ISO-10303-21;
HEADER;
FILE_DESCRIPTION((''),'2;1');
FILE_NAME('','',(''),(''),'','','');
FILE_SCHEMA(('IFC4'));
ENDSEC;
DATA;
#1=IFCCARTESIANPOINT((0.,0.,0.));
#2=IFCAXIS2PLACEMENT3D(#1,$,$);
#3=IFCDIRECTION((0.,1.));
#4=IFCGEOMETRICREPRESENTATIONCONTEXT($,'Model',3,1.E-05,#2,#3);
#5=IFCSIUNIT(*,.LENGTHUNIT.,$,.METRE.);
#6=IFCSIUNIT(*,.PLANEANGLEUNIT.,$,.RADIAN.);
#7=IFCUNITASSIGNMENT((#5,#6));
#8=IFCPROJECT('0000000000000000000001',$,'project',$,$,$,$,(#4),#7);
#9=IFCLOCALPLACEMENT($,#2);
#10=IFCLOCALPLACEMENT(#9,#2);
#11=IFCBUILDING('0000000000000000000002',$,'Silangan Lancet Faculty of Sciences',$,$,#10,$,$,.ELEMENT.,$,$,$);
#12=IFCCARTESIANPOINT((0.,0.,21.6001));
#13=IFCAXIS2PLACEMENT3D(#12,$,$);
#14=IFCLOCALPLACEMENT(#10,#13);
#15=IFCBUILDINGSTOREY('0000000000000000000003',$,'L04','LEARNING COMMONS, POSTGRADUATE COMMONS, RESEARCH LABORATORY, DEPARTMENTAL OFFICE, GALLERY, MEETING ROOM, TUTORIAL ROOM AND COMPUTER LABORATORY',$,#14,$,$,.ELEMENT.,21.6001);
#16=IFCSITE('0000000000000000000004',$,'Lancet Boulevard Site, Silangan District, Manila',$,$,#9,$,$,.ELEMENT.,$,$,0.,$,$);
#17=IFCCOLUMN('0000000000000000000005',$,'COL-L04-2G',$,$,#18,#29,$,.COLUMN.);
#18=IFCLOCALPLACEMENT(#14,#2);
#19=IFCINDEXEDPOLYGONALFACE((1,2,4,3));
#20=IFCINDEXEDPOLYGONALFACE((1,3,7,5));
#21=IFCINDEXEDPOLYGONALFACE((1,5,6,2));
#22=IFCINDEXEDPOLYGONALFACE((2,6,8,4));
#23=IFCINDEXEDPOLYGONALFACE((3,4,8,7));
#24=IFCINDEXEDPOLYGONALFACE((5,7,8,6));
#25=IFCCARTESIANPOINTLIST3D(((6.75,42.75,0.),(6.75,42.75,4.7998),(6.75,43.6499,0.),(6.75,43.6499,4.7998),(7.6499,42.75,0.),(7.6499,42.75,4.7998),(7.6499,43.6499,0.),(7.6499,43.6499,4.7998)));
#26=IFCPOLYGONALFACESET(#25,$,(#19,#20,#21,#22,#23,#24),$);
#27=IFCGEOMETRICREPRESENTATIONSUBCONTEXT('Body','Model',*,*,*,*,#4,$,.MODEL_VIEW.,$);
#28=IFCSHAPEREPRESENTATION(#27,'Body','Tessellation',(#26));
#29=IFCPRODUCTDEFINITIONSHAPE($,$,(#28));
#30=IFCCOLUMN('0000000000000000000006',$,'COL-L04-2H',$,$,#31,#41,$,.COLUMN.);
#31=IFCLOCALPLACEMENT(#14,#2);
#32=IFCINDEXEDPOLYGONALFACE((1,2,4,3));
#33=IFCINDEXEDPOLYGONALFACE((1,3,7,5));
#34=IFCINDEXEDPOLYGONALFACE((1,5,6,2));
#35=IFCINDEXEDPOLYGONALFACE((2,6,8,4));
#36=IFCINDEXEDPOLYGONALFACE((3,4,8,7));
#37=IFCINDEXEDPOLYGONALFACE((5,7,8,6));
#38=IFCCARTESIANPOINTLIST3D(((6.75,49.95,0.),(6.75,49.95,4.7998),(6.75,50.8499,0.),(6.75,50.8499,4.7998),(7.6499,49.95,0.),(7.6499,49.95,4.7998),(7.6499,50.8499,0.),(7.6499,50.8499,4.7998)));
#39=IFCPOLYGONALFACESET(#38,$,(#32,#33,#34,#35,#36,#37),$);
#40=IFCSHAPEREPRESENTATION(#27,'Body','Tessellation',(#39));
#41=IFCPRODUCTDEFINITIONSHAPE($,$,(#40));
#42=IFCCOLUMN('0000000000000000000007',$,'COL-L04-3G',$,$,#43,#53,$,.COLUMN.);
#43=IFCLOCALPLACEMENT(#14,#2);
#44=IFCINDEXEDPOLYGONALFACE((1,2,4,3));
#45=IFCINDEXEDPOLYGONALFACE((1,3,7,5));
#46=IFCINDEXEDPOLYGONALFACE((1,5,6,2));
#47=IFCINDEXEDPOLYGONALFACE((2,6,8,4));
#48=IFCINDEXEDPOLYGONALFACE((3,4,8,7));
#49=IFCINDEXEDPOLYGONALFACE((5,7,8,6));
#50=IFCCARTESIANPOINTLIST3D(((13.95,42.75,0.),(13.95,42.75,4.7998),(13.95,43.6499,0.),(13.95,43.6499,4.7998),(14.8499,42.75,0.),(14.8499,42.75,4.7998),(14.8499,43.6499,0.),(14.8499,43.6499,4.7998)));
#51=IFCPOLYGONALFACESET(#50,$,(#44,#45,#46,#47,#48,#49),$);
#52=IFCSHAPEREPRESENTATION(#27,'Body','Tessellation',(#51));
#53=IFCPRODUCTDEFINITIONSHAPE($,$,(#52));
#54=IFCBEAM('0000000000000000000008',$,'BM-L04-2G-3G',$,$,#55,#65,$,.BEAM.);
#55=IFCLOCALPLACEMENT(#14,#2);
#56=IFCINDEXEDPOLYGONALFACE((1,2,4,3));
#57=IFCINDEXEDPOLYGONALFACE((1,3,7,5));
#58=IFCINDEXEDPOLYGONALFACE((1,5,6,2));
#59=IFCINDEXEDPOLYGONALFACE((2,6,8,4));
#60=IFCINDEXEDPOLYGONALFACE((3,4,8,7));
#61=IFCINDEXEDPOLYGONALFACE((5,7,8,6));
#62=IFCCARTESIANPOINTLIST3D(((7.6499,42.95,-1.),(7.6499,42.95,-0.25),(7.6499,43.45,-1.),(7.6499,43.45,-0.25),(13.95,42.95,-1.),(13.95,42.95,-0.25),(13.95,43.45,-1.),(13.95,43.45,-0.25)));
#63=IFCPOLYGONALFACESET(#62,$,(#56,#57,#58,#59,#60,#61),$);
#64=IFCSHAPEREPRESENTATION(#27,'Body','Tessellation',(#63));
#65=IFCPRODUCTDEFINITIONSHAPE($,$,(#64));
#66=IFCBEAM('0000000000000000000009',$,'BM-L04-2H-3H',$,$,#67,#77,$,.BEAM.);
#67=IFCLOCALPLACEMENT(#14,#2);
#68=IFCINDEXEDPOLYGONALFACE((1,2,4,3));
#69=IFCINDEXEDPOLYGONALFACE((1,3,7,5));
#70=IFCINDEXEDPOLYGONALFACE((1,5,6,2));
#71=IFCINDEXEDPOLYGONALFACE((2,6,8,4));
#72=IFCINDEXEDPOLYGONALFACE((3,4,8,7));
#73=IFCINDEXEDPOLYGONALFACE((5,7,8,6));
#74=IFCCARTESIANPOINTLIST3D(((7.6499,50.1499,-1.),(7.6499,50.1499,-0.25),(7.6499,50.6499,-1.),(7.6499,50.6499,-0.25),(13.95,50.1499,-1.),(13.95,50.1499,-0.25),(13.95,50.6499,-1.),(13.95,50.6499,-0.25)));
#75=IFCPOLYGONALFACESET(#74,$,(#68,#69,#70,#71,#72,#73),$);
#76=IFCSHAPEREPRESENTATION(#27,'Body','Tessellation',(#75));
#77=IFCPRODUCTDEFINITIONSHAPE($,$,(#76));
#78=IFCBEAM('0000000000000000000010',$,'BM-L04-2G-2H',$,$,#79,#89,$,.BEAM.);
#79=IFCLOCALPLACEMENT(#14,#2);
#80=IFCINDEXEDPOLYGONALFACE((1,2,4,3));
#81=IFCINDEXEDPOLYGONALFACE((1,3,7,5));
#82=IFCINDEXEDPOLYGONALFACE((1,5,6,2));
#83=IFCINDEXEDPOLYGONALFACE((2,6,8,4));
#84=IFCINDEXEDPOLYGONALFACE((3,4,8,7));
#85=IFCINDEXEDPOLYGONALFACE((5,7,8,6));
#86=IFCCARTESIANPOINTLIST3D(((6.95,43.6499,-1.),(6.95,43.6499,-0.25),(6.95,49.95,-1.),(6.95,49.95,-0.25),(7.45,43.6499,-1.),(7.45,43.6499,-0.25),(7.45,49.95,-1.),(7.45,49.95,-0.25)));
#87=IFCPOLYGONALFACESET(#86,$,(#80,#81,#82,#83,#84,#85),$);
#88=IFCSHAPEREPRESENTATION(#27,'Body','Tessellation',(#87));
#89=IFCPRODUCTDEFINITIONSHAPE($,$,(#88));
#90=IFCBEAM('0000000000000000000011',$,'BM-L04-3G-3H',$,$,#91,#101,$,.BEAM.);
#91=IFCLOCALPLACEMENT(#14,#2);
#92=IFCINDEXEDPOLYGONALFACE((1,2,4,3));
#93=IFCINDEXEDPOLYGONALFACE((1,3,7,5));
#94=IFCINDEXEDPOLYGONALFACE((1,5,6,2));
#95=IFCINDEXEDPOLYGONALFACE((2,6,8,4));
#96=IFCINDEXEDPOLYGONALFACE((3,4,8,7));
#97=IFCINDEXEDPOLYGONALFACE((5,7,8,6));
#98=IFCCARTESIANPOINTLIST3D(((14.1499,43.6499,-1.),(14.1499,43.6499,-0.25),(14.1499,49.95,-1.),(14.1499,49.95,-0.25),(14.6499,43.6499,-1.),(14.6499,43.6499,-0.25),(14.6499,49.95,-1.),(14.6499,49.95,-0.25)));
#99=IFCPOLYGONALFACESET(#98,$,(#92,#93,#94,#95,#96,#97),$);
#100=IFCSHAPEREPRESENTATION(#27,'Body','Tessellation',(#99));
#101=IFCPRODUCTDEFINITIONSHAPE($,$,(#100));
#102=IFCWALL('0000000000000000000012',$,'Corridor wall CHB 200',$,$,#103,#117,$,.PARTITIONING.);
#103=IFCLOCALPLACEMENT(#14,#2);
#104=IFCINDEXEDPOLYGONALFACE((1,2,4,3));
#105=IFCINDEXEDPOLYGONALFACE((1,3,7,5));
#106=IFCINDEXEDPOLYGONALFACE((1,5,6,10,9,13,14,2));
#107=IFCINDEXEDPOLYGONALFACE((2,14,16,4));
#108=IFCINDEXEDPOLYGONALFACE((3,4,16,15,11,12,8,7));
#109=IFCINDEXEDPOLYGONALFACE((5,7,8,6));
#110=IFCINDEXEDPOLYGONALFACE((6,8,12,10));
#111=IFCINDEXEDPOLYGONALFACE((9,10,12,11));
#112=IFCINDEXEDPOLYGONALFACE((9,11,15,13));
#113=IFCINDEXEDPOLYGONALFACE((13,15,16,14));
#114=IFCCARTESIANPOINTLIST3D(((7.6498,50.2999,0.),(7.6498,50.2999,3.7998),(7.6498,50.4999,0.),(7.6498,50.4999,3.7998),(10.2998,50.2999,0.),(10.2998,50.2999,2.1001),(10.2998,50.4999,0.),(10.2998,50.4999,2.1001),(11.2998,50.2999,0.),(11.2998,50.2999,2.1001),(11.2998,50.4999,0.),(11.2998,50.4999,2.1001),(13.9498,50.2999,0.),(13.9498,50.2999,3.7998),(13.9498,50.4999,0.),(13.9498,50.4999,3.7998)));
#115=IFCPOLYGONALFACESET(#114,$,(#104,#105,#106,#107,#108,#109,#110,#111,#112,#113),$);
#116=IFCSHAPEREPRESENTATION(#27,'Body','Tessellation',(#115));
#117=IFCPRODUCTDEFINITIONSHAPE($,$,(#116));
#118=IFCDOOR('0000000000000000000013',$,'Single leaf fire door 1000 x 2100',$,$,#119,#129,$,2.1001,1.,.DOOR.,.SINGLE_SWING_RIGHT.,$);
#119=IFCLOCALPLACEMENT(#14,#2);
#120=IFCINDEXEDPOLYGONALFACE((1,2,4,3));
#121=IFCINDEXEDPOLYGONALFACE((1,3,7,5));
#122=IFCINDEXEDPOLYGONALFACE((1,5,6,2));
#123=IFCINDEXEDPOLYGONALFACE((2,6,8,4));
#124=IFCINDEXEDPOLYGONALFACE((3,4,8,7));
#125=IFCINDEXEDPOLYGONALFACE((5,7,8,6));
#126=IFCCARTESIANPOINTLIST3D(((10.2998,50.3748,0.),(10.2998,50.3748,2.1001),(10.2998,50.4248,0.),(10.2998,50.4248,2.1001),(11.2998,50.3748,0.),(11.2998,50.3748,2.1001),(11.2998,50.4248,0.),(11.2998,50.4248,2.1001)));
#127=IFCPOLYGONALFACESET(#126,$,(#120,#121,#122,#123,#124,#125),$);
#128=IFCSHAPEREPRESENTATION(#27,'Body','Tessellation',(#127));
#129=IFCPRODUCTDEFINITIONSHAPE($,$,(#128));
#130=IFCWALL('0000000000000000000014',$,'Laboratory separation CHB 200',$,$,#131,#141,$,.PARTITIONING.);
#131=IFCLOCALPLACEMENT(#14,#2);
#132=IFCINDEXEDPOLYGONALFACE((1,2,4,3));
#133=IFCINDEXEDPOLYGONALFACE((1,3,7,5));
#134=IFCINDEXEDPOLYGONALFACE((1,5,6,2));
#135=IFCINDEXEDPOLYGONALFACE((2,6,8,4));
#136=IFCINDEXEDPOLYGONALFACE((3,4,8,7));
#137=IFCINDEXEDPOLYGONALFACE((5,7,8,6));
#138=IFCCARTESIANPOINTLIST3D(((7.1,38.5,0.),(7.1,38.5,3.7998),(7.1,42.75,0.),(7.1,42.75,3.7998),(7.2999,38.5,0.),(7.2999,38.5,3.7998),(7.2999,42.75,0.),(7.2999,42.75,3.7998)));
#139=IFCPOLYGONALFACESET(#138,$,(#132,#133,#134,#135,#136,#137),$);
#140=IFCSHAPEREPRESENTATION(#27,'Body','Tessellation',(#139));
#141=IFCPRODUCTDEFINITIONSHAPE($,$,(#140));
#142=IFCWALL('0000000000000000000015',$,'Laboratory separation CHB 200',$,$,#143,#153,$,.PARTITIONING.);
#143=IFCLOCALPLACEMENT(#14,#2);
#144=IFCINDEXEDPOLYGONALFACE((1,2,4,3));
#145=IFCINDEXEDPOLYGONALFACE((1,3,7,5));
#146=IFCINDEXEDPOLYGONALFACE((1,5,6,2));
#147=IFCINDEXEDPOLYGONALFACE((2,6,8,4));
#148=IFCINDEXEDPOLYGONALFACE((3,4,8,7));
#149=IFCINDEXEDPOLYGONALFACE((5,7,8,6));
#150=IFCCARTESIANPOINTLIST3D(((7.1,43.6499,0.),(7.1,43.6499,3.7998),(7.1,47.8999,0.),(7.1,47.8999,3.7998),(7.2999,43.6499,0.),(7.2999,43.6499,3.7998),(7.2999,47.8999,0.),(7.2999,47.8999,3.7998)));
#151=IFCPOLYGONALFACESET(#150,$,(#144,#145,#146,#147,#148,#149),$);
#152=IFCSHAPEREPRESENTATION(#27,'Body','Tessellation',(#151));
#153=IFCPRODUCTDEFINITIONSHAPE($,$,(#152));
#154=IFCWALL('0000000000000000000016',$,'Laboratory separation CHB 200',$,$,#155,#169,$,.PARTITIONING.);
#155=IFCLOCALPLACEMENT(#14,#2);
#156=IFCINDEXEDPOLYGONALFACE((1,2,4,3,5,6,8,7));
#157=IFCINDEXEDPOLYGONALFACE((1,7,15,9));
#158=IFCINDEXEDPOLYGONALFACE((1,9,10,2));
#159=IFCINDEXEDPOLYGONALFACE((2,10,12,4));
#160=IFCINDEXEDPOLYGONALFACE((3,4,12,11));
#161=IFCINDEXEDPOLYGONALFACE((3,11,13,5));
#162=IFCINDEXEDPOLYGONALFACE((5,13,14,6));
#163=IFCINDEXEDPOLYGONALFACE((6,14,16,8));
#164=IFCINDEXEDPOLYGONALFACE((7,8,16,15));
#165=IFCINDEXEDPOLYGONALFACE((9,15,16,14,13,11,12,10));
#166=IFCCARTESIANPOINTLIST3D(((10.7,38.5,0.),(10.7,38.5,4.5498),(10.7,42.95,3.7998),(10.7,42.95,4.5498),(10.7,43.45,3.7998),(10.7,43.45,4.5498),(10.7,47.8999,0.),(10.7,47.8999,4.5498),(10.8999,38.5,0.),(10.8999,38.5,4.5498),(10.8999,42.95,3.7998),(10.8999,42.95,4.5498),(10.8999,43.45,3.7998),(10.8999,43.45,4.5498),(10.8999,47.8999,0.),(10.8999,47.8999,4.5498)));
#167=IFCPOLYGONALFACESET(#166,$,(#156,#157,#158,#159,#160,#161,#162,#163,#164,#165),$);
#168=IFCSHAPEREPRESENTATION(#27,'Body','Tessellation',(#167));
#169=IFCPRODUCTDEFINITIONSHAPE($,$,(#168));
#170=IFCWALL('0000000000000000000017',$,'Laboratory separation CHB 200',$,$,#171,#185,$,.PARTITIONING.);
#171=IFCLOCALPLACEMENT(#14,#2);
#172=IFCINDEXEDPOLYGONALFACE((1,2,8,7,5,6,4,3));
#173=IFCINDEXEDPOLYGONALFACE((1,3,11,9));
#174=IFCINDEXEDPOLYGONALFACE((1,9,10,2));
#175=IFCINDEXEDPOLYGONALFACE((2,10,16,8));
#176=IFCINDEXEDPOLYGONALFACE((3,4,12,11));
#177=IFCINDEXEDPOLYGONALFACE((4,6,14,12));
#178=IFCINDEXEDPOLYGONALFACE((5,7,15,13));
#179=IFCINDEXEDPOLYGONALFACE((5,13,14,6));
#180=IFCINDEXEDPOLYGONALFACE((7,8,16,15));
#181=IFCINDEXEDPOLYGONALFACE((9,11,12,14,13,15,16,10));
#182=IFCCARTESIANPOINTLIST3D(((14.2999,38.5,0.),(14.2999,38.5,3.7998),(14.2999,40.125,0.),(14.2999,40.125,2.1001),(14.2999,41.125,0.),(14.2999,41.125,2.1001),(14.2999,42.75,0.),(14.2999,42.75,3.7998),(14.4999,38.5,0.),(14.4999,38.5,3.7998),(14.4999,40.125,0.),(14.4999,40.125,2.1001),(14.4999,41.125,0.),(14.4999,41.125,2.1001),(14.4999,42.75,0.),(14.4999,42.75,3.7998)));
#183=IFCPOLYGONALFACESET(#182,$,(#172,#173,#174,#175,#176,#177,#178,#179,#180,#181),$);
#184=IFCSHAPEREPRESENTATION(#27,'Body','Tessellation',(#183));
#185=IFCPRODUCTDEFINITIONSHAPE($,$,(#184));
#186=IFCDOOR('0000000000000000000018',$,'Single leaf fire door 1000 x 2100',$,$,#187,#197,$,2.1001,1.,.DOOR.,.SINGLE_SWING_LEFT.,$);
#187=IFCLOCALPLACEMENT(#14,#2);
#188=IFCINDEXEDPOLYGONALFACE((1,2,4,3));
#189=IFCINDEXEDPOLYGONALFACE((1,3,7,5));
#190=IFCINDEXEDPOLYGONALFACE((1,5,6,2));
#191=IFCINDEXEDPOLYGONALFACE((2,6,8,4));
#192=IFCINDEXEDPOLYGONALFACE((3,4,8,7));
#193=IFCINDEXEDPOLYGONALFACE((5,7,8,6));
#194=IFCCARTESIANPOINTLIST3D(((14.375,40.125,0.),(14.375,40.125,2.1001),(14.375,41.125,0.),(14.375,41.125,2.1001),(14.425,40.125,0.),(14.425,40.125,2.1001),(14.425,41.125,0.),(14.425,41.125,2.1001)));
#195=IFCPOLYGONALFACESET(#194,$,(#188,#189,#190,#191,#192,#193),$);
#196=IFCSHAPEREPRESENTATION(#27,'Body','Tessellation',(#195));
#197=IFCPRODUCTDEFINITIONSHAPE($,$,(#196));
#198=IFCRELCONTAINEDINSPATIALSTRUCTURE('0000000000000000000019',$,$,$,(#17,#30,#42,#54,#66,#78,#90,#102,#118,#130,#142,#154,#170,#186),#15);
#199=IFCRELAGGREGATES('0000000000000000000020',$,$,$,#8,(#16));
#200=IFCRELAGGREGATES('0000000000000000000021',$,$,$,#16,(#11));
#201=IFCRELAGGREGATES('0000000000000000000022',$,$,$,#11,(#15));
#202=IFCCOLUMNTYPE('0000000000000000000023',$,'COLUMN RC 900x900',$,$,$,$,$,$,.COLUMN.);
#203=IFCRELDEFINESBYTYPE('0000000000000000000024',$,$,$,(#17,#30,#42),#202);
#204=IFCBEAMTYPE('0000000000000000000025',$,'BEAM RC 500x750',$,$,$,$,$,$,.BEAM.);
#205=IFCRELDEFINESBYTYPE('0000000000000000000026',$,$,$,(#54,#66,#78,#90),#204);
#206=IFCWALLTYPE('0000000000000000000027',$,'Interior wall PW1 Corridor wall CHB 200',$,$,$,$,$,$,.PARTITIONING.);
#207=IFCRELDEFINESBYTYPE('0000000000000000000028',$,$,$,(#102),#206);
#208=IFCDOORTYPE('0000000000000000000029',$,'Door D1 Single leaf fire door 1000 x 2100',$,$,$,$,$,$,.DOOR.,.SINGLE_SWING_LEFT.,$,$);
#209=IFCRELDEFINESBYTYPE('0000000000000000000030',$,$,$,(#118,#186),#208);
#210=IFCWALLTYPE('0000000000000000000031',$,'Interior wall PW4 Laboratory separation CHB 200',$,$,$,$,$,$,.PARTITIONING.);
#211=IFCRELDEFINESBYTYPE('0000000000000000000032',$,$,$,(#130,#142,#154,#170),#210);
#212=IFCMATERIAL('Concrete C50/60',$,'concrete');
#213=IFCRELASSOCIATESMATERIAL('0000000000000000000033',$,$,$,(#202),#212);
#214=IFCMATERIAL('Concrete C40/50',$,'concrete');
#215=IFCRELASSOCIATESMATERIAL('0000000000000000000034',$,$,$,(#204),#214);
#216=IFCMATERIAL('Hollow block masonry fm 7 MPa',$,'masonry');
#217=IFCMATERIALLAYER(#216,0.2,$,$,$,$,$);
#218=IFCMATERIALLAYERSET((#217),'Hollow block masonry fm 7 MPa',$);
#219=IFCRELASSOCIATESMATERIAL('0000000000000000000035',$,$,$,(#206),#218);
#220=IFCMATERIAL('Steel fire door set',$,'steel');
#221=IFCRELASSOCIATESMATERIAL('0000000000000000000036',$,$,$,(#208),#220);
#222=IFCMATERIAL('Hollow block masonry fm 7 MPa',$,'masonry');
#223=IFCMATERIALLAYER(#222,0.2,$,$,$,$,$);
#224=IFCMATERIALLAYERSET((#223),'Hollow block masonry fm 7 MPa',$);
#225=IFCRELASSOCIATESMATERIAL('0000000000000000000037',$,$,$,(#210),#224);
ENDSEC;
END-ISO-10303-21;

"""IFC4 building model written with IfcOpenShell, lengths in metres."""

from ifc_helpers import new_model, si_unit, direction, frame, frame_2d, origin, origin_2d, place, context, subcontext, project, spatial, polyline, rectangle, outline, extrude, material, layer, layer_set, material_profile, profile_set, type_object, element, fill, save


model = new_model("IFC4")

# Units and contexts
model_context = context("Model", 3, precision=1e-05, world=origin(), true_north=direction((0.0, 1.0)))
body_context = subcontext(model_context, "Body", "Model", "MODEL_VIEW")
ifc_project = project(units=[si_unit("LENGTHUNIT", "METRE"), si_unit("PLANEANGLEUNIT", "RADIAN")], contexts=[model_context])

# Site, building, storey
site_placement = place(None, origin())
site = spatial("IfcSite", under=ifc_project, at=site_placement, Name="Lancet Boulevard Site, Silangan District, Manila", CompositionType="ELEMENT", RefElevation=0.0)
building_placement = place(site_placement, origin())
building = spatial("IfcBuilding", under=site, at=building_placement, Name="Silangan Lancet Faculty of Sciences", CompositionType="ELEMENT")
storey_placement = place(building_placement, frame((0.0, 0.0, 21.6001)))
storey = spatial("IfcBuildingStorey", under=building, at=storey_placement, Name="L04", Description="LEARNING COMMONS, POSTGRADUATE COMMONS, RESEARCH LABORATORY, DEPARTMENTAL OFFICE, GALLERY, MEETING ROOM, TUTORIAL ROOM AND COMPUTER LABORATORY", CompositionType="ELEMENT", Elevation=21.6001)

# Columns
ifc_material_1 = material(Name="Concrete C50/60", Category="concrete")
ifc_material_profile_1 = material_profile(ifc_material_1, rectangle(XDim=0.8999, YDim=0.8999, at=origin_2d()), Name="RC 900x900")
ifc_profile_set_1 = profile_set([ifc_material_profile_1], Name="Concrete C50/60")
column_type = type_object("IfcColumnType", Name="COLUMN RC 900x900", PredefinedType="COLUMN", material=ifc_profile_set_1)
for number, where, z_axis, x_axis, name in (
    (1, (7.2, 43.2, 0.0), (0.0, 0.0, 1.0), (1.0, 0.0, 0.0), "COL-L04-2G"),
    (2, (7.2, 50.3999, 0.0), (0.0, 0.0, 1.0), (1.0, 0.0, 0.0), "COL-L04-2H"),
    (3, (14.3999, 43.2, 0.0), (0.0, 0.0, 1.0), (1.0, 0.0, 0.0), "COL-L04-3G"),
):
    element("IfcColumn", number, at=place(storey_placement, frame(where, z_axis=z_axis, x_axis=x_axis)), inside=storey, type_object=column_type, Name=name, PredefinedType="COLUMN", context=body_context, shape_type="SweptSolid", body=[
        extrude(rectangle(XDim=0.8999, YDim=0.8999, at=origin_2d()), origin(), (0.0, 0.0, 1.0), 4.7998),
    ])

# Beams
ifc_material_2 = material(Name="Concrete C40/50", Category="concrete")
ifc_material_profile_2 = material_profile(ifc_material_2, rectangle(XDim=0.5, YDim=0.75, at=origin_2d()), Name="RC 500x750")
ifc_profile_set_2 = profile_set([ifc_material_profile_2], Name="Concrete C40/50")
beam_type = type_object("IfcBeamType", Name="BEAM RC 500x750", PredefinedType="BEAM", material=ifc_profile_set_2)
for number, where, z_axis, x_axis, name in (
    (4, (7.6499, 43.2, -0.625), (1.0, 0.0, 0.0), (0.0, 1.0, 0.0), "BM-L04-2G-3G"),
    (5, (7.6499, 50.3999, -0.625), (1.0, 0.0, 0.0), (0.0, 1.0, 0.0), "BM-L04-2H-3H"),
    (6, (7.2, 43.6499, -0.625), (0.0, 1.0, 0.0), (-1.0, 0.0, 0.0), "BM-L04-2G-2H"),
    (7, (14.3999, 43.6499, -0.625), (0.0, 1.0, 0.0), (-1.0, 0.0, 0.0), "BM-L04-3G-3H"),
):
    element("IfcBeam", number, at=place(storey_placement, frame(where, z_axis=z_axis, x_axis=x_axis)), inside=storey, type_object=beam_type, Name=name, PredefinedType="BEAM", context=body_context, shape_type="SweptSolid", body=[
        extrude(rectangle(XDim=0.5, YDim=0.75, at=origin_2d()), origin(), (0.0, 0.0, 1.0), 6.3),
    ])

# Wall, opening, door
ifc_material_3 = material(Name="Hollow block masonry fm 7 MPa", Category="masonry")
ifc_layer_1 = layer(ifc_material_3, 0.2)
ifc_layer_set_1 = layer_set([ifc_layer_1], Name="Hollow block masonry fm 7 MPa")
wall_type_1 = type_object("IfcWallType", Name="Interior wall PW1 Corridor wall CHB 200", PredefinedType="PARTITIONING", material=ifc_layer_set_1)
wall_1_placement = place(storey_placement, frame((7.6499, 50.3999, 0.0), z_axis=(0.0, 0.0, 1.0), x_axis=(1.0, 0.0, 0.0)))
wall_1 = element("IfcWall", 8, at=wall_1_placement, inside=storey, type_object=wall_type_1, Name="Corridor wall CHB 200", PredefinedType="PARTITIONING", context=body_context, shape_type="SweptSolid", body=[
    extrude(rectangle(XDim=6.3, YDim=0.2, at=frame_2d((3.1499, 0.0))), origin(), (0.0, 0.0, 1.0), 3.7998),
])
opening_1_placement = place(wall_1_placement, frame((2.6499, 0.0, 0.0)))
opening_1 = element("IfcOpeningElement", 9, at=opening_1_placement, cuts=wall_1, PredefinedType="OPENING", context=body_context, shape_type="SweptSolid", body=[
    extrude(rectangle(XDim=1.0, YDim=2.1001, at=frame_2d((0.5, 1.05))), frame((0.0, 0.1099, 0.0), z_axis=(0.0, -1.0, 0.0), x_axis=(1.0, 0.0, 0.0)), (0.0, 0.0, 1.0), 0.22),
])
ifc_material_4 = material(Name="Steel fire door set", Category="steel")
door_type_1 = type_object("IfcDoorType", Name="Door D1 Single leaf fire door 1000 x 2100", OperationType="SINGLE_SWING_LEFT", PredefinedType="DOOR", material=ifc_material_4)
door_1_placement = place(opening_1_placement, origin())
door_1 = element("IfcDoor", 10, at=door_1_placement, inside=storey, type_object=door_type_1, Name="Single leaf fire door 1000 x 2100", OperationType="SINGLE_SWING_RIGHT", OverallHeight=2.1001, OverallWidth=1.0, PredefinedType="DOOR", context=body_context, shape_type="SweptSolid", body=[
    extrude(rectangle(XDim=1.0, YDim=2.1001, at=frame_2d((0.5, 1.05))), frame((0.0, 0.0249, 0.0), z_axis=(0.0, -1.0, 0.0), x_axis=(1.0, 0.0, 0.0)), (0.0, 0.0, 1.0), 0.05),
])
fill(opening_1, door_1)

# Walls
ifc_material_5 = material(Name="Hollow block masonry fm 7 MPa", Category="masonry")
ifc_layer_2 = layer(ifc_material_5, 0.2)
ifc_layer_set_2 = layer_set([ifc_layer_2], Name="Hollow block masonry fm 7 MPa")
wall_type_2 = type_object("IfcWallType", Name="Interior wall PW4 Laboratory separation CHB 200", PredefinedType="PARTITIONING", material=ifc_layer_set_2)
for number, where, z_axis, x_axis, name in (
    (11, (7.2, 38.5, 0.0), (0.0, 0.0, 1.0), (0.0, 1.0, 0.0), "Laboratory separation CHB 200"),
    (12, (7.2, 43.6499, 0.0), (0.0, 0.0, 1.0), (0.0, 1.0, 0.0), "Laboratory separation CHB 200"),
):
    element("IfcWall", number, at=place(storey_placement, frame(where, z_axis=z_axis, x_axis=x_axis)), inside=storey, type_object=wall_type_2, Name=name, PredefinedType="PARTITIONING", context=body_context, shape_type="SweptSolid", body=[
        extrude(rectangle(XDim=4.25, YDim=0.2, at=frame_2d((2.125, 0.0))), origin(), (0.0, 0.0, 1.0), 3.7998),
    ])
wall_2_placement = place(storey_placement, frame((10.8, 38.5, 0.0), z_axis=(0.0, 0.0, 1.0), x_axis=(0.0, 1.0, 0.0)))
element("IfcWall", 13, at=wall_2_placement, inside=storey, type_object=wall_type_2, Name="Laboratory separation CHB 200", PredefinedType="PARTITIONING", context=body_context, shape_type="SweptSolid", body=[
    extrude(outline(polyline([(0.0, 0.0), (9.3999, 0.0), (9.3999, 4.5498), (4.95, 4.5498), (4.95, 3.7998), (4.45, 3.7998), (4.45, 4.5498), (0.0, 4.5498), (0.0, 0.0)])), frame((0.0, 0.1001, 0.0), z_axis=(0.0, -1.0, 0.0), x_axis=(1.0, 0.0, 0.0)), (0.0, 0.0, 1.0), 0.2),
])

# Wall, opening, door
wall_3_placement = place(storey_placement, frame((14.3999, 38.5, 0.0), z_axis=(0.0, 0.0, 1.0), x_axis=(0.0, 1.0, 0.0)))
wall_3 = element("IfcWall", 14, at=wall_3_placement, inside=storey, type_object=wall_type_2, Name="Laboratory separation CHB 200", PredefinedType="PARTITIONING", context=body_context, shape_type="SweptSolid", body=[
    extrude(rectangle(XDim=4.25, YDim=0.2, at=frame_2d((2.125, 0.0))), origin(), (0.0, 0.0, 1.0), 3.7998),
])
opening_2_placement = place(wall_3_placement, frame((1.625, 0.0, 0.0)))
opening_2 = element("IfcOpeningElement", 15, at=opening_2_placement, cuts=wall_3, PredefinedType="OPENING", context=body_context, shape_type="SweptSolid", body=[
    extrude(rectangle(XDim=1.0, YDim=2.1001, at=frame_2d((0.5, 1.05))), frame((0.0, 0.1099, 0.0), z_axis=(0.0, -1.0, 0.0), x_axis=(1.0, 0.0, 0.0)), (0.0, 0.0, 1.0), 0.22),
])
door_2_placement = place(opening_2_placement, frame((1.0, 0.0, 0.0), z_axis=(0.0, 0.0, 1.0), x_axis=(-1.0, 0.0, 0.0)))
door_2 = element("IfcDoor", 16, at=door_2_placement, inside=storey, type_object=door_type_1, Name="Single leaf fire door 1000 x 2100", OperationType="SINGLE_SWING_LEFT", OverallHeight=2.1001, OverallWidth=1.0, PredefinedType="DOOR", context=body_context, shape_type="SweptSolid", body=[
    extrude(rectangle(XDim=1.0, YDim=2.1001, at=frame_2d((0.5, 1.05))), frame((0.0, 0.0251, 0.0), z_axis=(0.0, -1.0, 0.0), x_axis=(1.0, 0.0, 0.0)), (0.0, 0.0, 1.0), 0.05),
])
fill(opening_2, door_2)

save(model, "model.ifc")
